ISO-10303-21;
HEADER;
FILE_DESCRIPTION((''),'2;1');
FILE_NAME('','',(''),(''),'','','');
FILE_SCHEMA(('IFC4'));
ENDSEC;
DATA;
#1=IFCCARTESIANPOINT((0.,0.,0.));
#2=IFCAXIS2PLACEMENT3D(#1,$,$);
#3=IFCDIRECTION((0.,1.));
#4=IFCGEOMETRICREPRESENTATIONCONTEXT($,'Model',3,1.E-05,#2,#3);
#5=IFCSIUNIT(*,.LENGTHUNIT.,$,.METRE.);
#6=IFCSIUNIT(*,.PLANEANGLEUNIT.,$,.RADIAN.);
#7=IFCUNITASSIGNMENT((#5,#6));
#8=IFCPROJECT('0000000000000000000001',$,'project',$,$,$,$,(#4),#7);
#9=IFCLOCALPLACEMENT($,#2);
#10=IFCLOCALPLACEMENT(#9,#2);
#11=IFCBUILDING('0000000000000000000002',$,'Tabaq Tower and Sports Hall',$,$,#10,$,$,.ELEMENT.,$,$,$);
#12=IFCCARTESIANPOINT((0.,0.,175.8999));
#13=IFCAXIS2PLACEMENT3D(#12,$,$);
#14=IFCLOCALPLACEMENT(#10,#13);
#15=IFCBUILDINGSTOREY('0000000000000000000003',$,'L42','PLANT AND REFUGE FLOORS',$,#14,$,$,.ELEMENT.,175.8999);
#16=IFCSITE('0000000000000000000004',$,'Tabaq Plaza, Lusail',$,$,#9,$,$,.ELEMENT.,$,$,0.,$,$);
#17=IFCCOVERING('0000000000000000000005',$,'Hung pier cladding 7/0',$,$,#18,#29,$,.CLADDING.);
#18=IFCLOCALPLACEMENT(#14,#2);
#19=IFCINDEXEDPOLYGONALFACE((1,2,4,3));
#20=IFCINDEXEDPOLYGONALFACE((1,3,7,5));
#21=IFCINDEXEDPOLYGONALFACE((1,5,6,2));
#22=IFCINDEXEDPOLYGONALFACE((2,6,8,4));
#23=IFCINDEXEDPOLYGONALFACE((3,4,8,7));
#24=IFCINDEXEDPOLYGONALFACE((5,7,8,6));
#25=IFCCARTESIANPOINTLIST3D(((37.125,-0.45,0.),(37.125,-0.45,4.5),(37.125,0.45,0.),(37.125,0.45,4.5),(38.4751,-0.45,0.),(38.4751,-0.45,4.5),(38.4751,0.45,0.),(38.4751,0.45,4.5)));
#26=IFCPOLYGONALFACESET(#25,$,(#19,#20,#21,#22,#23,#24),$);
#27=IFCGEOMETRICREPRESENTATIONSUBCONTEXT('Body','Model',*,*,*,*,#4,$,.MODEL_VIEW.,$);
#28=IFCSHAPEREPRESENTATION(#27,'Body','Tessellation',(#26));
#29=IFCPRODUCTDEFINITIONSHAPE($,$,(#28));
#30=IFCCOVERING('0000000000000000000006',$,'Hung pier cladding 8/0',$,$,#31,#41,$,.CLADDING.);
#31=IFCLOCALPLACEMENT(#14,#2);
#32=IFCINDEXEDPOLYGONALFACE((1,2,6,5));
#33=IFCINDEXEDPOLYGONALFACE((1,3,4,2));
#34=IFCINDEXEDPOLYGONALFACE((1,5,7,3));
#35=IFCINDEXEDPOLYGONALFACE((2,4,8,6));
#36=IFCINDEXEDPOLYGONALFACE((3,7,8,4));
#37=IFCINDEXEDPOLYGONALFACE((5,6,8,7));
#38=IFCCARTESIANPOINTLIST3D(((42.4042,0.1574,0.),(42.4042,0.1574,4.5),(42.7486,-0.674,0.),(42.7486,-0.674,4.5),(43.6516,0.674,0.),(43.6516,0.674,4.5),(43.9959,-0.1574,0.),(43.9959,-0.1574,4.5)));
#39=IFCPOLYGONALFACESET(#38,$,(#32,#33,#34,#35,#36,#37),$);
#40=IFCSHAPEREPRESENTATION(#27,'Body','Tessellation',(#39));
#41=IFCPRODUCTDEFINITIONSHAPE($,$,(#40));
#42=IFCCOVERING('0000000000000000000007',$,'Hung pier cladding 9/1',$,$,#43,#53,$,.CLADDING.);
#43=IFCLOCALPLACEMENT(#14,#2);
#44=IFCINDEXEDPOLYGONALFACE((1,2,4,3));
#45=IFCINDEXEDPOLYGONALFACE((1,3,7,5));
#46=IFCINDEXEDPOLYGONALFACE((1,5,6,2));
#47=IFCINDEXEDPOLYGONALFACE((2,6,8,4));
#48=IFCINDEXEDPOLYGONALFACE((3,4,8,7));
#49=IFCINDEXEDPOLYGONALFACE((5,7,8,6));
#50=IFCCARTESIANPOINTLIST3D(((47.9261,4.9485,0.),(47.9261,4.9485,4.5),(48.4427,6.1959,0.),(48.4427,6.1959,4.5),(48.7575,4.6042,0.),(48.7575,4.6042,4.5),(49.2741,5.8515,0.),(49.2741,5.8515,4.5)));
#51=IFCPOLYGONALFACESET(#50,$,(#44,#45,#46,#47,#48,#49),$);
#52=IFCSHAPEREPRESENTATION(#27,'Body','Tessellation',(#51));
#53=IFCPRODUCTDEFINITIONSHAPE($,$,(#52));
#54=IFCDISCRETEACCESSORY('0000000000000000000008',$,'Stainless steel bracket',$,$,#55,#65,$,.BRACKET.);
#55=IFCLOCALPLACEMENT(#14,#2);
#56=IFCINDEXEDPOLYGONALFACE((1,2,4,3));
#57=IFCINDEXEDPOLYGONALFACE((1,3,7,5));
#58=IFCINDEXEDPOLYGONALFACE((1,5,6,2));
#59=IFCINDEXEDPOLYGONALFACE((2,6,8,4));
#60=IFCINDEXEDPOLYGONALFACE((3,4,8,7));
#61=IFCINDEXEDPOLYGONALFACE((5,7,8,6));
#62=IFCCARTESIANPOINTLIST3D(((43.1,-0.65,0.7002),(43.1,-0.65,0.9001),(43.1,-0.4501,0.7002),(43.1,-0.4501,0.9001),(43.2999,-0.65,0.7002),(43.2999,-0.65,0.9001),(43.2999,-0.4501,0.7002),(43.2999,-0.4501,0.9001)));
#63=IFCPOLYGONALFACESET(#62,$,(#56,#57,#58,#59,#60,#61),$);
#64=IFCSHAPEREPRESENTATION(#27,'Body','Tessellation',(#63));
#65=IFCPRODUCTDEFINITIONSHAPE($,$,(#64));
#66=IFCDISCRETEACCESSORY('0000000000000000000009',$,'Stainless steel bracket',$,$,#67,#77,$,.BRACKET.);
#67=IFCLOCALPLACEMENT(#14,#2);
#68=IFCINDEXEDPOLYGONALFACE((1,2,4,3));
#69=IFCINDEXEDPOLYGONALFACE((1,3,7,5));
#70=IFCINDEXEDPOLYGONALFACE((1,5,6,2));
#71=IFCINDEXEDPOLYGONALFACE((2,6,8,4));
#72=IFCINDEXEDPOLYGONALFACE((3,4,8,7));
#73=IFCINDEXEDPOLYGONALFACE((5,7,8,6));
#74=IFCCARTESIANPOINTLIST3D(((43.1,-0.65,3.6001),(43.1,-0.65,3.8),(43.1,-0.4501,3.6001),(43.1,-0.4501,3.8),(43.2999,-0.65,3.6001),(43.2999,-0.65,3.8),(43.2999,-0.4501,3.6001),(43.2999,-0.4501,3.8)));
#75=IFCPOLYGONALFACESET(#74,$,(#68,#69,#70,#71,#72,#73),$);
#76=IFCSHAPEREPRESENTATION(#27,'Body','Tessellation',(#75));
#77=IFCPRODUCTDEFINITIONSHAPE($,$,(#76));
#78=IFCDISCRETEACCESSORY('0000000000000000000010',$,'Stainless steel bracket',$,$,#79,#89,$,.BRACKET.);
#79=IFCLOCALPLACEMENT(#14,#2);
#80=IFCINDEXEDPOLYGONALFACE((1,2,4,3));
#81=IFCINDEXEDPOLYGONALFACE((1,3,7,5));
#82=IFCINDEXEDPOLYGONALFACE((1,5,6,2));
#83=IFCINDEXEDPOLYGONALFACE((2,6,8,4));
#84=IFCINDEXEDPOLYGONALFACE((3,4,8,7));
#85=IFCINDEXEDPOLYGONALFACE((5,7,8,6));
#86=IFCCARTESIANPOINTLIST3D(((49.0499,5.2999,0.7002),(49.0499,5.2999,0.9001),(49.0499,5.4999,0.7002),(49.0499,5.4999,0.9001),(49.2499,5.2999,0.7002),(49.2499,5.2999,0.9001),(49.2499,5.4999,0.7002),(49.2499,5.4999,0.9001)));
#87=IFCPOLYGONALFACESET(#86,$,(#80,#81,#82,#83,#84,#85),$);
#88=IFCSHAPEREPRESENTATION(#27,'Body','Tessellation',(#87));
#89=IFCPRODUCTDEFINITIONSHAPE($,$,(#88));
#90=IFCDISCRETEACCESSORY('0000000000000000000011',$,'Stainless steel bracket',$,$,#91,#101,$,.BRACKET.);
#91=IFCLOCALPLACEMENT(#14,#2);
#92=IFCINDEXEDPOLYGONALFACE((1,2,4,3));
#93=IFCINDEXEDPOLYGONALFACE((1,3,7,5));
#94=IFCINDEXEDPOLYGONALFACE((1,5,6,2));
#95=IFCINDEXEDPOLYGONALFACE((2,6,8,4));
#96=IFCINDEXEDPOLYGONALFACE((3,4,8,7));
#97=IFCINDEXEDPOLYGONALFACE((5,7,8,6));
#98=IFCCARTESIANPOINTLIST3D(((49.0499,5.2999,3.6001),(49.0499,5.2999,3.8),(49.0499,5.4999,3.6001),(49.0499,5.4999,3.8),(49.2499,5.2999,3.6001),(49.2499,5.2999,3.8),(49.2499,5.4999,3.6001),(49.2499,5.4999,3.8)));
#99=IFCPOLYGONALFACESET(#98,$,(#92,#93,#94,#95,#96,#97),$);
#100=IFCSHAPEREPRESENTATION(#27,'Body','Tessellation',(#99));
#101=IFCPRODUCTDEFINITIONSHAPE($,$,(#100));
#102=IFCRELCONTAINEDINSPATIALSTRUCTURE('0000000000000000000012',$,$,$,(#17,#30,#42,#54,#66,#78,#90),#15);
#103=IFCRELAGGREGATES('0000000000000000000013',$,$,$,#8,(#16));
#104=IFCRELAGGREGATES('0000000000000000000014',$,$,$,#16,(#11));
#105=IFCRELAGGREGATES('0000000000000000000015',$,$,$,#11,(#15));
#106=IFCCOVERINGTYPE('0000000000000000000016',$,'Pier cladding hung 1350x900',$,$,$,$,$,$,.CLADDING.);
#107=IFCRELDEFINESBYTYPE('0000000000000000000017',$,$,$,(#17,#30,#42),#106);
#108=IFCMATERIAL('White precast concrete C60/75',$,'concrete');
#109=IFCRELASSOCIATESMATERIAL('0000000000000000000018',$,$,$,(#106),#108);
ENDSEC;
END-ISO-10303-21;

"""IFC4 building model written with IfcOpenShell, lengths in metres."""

from ifc_helpers import new_model, si_unit, direction, frame, frame_2d, origin, origin_2d, place, context, subcontext, project, spatial, rectangle, extrude, material, type_object, element, save


model = new_model("IFC4")

# Units and contexts
model_context = context("Model", 3, precision=1e-05, world=origin(), true_north=direction((0.0, 1.0)))
body_context = subcontext(model_context, "Body", "Model", "MODEL_VIEW")
ifc_project = project(units=[si_unit("LENGTHUNIT", "METRE"), si_unit("PLANEANGLEUNIT", "RADIAN")], contexts=[model_context])

# Site, building, storey
site_placement = place(None, origin())
site = spatial("IfcSite", under=ifc_project, at=site_placement, Name="Tabaq Plaza, Lusail", CompositionType="ELEMENT", RefElevation=0.0)
building_placement = place(site_placement, origin())
building = spatial("IfcBuilding", under=site, at=building_placement, Name="Tabaq Tower and Sports Hall", CompositionType="ELEMENT")
storey_placement = place(building_placement, frame((0.0, 0.0, 175.8999)))
storey = spatial("IfcBuildingStorey", under=building, at=storey_placement, Name="L42", Description="PLANT AND REFUGE FLOORS", CompositionType="ELEMENT", Elevation=175.8999)

# Coverings
ifc_material_1 = material(Name="White precast concrete C60/75", Category="concrete")
covering_type_1 = type_object("IfcCoveringType", Name="Pier cladding hung 1350x900", PredefinedType="CLADDING", material=ifc_material_1)
for number, where, z_axis, x_axis, name in (
    (1, (37.125, 0.0, 0.0), (0.0, 0.0, 1.0), (1.0, 0.0, 0.0), "Hung pier cladding 7/0"),
    (2, (42.5764, -0.2583, 0.0), (0.0, 0.0, 1.0), (0.923893, 0.38265, 0.0), "Hung pier cladding 8/0"),
    (3, (48.3418, 4.7764, 0.0), (0.0, 0.0, 1.0), (0.38265, 0.923893, 0.0), "Hung pier cladding 9/1"),
):
    element("IfcCovering", number, at=place(storey_placement, frame(where, z_axis=z_axis, x_axis=x_axis)), inside=storey, type_object=covering_type_1, Name=name, PredefinedType="CLADDING", context=body_context, shape_type="SweptSolid", body=[
        extrude(rectangle(XDim=1.3501, YDim=0.8999, at=frame_2d((0.675, 0.0))), origin(), (0.0, 0.0, 1.0), 4.5),
    ])

# Discrete accessories
for number, where, z_axis, x_axis, name in (
    (4, (43.2, -0.55, 0.7002), (0.0, 0.0, 1.0), (0.0, 1.0, 0.0), "Stainless steel bracket"),
    (5, (43.2, -0.55, 3.6001), (0.0, 0.0, 1.0), (0.0, 1.0, 0.0), "Stainless steel bracket"),
    (6, (49.1499, 5.3999, 0.7002), (0.0, 0.0, 1.0), (-1.0, 0.0, 0.0), "Stainless steel bracket"),
    (7, (49.1499, 5.3999, 3.6001), (0.0, 0.0, 1.0), (-1.0, 0.0, 0.0), "Stainless steel bracket"),
):
    element("IfcDiscreteAccessory", number, at=place(storey_placement, frame(where, z_axis=z_axis, x_axis=x_axis)), inside=storey, Name=name, PredefinedType="BRACKET", context=body_context, shape_type="SweptSolid", body=[
        extrude(rectangle(XDim=0.2, YDim=0.2, at=origin_2d()), origin(), (0.0, 0.0, 1.0), 0.2),
    ])

save(model, "model.ifc")
